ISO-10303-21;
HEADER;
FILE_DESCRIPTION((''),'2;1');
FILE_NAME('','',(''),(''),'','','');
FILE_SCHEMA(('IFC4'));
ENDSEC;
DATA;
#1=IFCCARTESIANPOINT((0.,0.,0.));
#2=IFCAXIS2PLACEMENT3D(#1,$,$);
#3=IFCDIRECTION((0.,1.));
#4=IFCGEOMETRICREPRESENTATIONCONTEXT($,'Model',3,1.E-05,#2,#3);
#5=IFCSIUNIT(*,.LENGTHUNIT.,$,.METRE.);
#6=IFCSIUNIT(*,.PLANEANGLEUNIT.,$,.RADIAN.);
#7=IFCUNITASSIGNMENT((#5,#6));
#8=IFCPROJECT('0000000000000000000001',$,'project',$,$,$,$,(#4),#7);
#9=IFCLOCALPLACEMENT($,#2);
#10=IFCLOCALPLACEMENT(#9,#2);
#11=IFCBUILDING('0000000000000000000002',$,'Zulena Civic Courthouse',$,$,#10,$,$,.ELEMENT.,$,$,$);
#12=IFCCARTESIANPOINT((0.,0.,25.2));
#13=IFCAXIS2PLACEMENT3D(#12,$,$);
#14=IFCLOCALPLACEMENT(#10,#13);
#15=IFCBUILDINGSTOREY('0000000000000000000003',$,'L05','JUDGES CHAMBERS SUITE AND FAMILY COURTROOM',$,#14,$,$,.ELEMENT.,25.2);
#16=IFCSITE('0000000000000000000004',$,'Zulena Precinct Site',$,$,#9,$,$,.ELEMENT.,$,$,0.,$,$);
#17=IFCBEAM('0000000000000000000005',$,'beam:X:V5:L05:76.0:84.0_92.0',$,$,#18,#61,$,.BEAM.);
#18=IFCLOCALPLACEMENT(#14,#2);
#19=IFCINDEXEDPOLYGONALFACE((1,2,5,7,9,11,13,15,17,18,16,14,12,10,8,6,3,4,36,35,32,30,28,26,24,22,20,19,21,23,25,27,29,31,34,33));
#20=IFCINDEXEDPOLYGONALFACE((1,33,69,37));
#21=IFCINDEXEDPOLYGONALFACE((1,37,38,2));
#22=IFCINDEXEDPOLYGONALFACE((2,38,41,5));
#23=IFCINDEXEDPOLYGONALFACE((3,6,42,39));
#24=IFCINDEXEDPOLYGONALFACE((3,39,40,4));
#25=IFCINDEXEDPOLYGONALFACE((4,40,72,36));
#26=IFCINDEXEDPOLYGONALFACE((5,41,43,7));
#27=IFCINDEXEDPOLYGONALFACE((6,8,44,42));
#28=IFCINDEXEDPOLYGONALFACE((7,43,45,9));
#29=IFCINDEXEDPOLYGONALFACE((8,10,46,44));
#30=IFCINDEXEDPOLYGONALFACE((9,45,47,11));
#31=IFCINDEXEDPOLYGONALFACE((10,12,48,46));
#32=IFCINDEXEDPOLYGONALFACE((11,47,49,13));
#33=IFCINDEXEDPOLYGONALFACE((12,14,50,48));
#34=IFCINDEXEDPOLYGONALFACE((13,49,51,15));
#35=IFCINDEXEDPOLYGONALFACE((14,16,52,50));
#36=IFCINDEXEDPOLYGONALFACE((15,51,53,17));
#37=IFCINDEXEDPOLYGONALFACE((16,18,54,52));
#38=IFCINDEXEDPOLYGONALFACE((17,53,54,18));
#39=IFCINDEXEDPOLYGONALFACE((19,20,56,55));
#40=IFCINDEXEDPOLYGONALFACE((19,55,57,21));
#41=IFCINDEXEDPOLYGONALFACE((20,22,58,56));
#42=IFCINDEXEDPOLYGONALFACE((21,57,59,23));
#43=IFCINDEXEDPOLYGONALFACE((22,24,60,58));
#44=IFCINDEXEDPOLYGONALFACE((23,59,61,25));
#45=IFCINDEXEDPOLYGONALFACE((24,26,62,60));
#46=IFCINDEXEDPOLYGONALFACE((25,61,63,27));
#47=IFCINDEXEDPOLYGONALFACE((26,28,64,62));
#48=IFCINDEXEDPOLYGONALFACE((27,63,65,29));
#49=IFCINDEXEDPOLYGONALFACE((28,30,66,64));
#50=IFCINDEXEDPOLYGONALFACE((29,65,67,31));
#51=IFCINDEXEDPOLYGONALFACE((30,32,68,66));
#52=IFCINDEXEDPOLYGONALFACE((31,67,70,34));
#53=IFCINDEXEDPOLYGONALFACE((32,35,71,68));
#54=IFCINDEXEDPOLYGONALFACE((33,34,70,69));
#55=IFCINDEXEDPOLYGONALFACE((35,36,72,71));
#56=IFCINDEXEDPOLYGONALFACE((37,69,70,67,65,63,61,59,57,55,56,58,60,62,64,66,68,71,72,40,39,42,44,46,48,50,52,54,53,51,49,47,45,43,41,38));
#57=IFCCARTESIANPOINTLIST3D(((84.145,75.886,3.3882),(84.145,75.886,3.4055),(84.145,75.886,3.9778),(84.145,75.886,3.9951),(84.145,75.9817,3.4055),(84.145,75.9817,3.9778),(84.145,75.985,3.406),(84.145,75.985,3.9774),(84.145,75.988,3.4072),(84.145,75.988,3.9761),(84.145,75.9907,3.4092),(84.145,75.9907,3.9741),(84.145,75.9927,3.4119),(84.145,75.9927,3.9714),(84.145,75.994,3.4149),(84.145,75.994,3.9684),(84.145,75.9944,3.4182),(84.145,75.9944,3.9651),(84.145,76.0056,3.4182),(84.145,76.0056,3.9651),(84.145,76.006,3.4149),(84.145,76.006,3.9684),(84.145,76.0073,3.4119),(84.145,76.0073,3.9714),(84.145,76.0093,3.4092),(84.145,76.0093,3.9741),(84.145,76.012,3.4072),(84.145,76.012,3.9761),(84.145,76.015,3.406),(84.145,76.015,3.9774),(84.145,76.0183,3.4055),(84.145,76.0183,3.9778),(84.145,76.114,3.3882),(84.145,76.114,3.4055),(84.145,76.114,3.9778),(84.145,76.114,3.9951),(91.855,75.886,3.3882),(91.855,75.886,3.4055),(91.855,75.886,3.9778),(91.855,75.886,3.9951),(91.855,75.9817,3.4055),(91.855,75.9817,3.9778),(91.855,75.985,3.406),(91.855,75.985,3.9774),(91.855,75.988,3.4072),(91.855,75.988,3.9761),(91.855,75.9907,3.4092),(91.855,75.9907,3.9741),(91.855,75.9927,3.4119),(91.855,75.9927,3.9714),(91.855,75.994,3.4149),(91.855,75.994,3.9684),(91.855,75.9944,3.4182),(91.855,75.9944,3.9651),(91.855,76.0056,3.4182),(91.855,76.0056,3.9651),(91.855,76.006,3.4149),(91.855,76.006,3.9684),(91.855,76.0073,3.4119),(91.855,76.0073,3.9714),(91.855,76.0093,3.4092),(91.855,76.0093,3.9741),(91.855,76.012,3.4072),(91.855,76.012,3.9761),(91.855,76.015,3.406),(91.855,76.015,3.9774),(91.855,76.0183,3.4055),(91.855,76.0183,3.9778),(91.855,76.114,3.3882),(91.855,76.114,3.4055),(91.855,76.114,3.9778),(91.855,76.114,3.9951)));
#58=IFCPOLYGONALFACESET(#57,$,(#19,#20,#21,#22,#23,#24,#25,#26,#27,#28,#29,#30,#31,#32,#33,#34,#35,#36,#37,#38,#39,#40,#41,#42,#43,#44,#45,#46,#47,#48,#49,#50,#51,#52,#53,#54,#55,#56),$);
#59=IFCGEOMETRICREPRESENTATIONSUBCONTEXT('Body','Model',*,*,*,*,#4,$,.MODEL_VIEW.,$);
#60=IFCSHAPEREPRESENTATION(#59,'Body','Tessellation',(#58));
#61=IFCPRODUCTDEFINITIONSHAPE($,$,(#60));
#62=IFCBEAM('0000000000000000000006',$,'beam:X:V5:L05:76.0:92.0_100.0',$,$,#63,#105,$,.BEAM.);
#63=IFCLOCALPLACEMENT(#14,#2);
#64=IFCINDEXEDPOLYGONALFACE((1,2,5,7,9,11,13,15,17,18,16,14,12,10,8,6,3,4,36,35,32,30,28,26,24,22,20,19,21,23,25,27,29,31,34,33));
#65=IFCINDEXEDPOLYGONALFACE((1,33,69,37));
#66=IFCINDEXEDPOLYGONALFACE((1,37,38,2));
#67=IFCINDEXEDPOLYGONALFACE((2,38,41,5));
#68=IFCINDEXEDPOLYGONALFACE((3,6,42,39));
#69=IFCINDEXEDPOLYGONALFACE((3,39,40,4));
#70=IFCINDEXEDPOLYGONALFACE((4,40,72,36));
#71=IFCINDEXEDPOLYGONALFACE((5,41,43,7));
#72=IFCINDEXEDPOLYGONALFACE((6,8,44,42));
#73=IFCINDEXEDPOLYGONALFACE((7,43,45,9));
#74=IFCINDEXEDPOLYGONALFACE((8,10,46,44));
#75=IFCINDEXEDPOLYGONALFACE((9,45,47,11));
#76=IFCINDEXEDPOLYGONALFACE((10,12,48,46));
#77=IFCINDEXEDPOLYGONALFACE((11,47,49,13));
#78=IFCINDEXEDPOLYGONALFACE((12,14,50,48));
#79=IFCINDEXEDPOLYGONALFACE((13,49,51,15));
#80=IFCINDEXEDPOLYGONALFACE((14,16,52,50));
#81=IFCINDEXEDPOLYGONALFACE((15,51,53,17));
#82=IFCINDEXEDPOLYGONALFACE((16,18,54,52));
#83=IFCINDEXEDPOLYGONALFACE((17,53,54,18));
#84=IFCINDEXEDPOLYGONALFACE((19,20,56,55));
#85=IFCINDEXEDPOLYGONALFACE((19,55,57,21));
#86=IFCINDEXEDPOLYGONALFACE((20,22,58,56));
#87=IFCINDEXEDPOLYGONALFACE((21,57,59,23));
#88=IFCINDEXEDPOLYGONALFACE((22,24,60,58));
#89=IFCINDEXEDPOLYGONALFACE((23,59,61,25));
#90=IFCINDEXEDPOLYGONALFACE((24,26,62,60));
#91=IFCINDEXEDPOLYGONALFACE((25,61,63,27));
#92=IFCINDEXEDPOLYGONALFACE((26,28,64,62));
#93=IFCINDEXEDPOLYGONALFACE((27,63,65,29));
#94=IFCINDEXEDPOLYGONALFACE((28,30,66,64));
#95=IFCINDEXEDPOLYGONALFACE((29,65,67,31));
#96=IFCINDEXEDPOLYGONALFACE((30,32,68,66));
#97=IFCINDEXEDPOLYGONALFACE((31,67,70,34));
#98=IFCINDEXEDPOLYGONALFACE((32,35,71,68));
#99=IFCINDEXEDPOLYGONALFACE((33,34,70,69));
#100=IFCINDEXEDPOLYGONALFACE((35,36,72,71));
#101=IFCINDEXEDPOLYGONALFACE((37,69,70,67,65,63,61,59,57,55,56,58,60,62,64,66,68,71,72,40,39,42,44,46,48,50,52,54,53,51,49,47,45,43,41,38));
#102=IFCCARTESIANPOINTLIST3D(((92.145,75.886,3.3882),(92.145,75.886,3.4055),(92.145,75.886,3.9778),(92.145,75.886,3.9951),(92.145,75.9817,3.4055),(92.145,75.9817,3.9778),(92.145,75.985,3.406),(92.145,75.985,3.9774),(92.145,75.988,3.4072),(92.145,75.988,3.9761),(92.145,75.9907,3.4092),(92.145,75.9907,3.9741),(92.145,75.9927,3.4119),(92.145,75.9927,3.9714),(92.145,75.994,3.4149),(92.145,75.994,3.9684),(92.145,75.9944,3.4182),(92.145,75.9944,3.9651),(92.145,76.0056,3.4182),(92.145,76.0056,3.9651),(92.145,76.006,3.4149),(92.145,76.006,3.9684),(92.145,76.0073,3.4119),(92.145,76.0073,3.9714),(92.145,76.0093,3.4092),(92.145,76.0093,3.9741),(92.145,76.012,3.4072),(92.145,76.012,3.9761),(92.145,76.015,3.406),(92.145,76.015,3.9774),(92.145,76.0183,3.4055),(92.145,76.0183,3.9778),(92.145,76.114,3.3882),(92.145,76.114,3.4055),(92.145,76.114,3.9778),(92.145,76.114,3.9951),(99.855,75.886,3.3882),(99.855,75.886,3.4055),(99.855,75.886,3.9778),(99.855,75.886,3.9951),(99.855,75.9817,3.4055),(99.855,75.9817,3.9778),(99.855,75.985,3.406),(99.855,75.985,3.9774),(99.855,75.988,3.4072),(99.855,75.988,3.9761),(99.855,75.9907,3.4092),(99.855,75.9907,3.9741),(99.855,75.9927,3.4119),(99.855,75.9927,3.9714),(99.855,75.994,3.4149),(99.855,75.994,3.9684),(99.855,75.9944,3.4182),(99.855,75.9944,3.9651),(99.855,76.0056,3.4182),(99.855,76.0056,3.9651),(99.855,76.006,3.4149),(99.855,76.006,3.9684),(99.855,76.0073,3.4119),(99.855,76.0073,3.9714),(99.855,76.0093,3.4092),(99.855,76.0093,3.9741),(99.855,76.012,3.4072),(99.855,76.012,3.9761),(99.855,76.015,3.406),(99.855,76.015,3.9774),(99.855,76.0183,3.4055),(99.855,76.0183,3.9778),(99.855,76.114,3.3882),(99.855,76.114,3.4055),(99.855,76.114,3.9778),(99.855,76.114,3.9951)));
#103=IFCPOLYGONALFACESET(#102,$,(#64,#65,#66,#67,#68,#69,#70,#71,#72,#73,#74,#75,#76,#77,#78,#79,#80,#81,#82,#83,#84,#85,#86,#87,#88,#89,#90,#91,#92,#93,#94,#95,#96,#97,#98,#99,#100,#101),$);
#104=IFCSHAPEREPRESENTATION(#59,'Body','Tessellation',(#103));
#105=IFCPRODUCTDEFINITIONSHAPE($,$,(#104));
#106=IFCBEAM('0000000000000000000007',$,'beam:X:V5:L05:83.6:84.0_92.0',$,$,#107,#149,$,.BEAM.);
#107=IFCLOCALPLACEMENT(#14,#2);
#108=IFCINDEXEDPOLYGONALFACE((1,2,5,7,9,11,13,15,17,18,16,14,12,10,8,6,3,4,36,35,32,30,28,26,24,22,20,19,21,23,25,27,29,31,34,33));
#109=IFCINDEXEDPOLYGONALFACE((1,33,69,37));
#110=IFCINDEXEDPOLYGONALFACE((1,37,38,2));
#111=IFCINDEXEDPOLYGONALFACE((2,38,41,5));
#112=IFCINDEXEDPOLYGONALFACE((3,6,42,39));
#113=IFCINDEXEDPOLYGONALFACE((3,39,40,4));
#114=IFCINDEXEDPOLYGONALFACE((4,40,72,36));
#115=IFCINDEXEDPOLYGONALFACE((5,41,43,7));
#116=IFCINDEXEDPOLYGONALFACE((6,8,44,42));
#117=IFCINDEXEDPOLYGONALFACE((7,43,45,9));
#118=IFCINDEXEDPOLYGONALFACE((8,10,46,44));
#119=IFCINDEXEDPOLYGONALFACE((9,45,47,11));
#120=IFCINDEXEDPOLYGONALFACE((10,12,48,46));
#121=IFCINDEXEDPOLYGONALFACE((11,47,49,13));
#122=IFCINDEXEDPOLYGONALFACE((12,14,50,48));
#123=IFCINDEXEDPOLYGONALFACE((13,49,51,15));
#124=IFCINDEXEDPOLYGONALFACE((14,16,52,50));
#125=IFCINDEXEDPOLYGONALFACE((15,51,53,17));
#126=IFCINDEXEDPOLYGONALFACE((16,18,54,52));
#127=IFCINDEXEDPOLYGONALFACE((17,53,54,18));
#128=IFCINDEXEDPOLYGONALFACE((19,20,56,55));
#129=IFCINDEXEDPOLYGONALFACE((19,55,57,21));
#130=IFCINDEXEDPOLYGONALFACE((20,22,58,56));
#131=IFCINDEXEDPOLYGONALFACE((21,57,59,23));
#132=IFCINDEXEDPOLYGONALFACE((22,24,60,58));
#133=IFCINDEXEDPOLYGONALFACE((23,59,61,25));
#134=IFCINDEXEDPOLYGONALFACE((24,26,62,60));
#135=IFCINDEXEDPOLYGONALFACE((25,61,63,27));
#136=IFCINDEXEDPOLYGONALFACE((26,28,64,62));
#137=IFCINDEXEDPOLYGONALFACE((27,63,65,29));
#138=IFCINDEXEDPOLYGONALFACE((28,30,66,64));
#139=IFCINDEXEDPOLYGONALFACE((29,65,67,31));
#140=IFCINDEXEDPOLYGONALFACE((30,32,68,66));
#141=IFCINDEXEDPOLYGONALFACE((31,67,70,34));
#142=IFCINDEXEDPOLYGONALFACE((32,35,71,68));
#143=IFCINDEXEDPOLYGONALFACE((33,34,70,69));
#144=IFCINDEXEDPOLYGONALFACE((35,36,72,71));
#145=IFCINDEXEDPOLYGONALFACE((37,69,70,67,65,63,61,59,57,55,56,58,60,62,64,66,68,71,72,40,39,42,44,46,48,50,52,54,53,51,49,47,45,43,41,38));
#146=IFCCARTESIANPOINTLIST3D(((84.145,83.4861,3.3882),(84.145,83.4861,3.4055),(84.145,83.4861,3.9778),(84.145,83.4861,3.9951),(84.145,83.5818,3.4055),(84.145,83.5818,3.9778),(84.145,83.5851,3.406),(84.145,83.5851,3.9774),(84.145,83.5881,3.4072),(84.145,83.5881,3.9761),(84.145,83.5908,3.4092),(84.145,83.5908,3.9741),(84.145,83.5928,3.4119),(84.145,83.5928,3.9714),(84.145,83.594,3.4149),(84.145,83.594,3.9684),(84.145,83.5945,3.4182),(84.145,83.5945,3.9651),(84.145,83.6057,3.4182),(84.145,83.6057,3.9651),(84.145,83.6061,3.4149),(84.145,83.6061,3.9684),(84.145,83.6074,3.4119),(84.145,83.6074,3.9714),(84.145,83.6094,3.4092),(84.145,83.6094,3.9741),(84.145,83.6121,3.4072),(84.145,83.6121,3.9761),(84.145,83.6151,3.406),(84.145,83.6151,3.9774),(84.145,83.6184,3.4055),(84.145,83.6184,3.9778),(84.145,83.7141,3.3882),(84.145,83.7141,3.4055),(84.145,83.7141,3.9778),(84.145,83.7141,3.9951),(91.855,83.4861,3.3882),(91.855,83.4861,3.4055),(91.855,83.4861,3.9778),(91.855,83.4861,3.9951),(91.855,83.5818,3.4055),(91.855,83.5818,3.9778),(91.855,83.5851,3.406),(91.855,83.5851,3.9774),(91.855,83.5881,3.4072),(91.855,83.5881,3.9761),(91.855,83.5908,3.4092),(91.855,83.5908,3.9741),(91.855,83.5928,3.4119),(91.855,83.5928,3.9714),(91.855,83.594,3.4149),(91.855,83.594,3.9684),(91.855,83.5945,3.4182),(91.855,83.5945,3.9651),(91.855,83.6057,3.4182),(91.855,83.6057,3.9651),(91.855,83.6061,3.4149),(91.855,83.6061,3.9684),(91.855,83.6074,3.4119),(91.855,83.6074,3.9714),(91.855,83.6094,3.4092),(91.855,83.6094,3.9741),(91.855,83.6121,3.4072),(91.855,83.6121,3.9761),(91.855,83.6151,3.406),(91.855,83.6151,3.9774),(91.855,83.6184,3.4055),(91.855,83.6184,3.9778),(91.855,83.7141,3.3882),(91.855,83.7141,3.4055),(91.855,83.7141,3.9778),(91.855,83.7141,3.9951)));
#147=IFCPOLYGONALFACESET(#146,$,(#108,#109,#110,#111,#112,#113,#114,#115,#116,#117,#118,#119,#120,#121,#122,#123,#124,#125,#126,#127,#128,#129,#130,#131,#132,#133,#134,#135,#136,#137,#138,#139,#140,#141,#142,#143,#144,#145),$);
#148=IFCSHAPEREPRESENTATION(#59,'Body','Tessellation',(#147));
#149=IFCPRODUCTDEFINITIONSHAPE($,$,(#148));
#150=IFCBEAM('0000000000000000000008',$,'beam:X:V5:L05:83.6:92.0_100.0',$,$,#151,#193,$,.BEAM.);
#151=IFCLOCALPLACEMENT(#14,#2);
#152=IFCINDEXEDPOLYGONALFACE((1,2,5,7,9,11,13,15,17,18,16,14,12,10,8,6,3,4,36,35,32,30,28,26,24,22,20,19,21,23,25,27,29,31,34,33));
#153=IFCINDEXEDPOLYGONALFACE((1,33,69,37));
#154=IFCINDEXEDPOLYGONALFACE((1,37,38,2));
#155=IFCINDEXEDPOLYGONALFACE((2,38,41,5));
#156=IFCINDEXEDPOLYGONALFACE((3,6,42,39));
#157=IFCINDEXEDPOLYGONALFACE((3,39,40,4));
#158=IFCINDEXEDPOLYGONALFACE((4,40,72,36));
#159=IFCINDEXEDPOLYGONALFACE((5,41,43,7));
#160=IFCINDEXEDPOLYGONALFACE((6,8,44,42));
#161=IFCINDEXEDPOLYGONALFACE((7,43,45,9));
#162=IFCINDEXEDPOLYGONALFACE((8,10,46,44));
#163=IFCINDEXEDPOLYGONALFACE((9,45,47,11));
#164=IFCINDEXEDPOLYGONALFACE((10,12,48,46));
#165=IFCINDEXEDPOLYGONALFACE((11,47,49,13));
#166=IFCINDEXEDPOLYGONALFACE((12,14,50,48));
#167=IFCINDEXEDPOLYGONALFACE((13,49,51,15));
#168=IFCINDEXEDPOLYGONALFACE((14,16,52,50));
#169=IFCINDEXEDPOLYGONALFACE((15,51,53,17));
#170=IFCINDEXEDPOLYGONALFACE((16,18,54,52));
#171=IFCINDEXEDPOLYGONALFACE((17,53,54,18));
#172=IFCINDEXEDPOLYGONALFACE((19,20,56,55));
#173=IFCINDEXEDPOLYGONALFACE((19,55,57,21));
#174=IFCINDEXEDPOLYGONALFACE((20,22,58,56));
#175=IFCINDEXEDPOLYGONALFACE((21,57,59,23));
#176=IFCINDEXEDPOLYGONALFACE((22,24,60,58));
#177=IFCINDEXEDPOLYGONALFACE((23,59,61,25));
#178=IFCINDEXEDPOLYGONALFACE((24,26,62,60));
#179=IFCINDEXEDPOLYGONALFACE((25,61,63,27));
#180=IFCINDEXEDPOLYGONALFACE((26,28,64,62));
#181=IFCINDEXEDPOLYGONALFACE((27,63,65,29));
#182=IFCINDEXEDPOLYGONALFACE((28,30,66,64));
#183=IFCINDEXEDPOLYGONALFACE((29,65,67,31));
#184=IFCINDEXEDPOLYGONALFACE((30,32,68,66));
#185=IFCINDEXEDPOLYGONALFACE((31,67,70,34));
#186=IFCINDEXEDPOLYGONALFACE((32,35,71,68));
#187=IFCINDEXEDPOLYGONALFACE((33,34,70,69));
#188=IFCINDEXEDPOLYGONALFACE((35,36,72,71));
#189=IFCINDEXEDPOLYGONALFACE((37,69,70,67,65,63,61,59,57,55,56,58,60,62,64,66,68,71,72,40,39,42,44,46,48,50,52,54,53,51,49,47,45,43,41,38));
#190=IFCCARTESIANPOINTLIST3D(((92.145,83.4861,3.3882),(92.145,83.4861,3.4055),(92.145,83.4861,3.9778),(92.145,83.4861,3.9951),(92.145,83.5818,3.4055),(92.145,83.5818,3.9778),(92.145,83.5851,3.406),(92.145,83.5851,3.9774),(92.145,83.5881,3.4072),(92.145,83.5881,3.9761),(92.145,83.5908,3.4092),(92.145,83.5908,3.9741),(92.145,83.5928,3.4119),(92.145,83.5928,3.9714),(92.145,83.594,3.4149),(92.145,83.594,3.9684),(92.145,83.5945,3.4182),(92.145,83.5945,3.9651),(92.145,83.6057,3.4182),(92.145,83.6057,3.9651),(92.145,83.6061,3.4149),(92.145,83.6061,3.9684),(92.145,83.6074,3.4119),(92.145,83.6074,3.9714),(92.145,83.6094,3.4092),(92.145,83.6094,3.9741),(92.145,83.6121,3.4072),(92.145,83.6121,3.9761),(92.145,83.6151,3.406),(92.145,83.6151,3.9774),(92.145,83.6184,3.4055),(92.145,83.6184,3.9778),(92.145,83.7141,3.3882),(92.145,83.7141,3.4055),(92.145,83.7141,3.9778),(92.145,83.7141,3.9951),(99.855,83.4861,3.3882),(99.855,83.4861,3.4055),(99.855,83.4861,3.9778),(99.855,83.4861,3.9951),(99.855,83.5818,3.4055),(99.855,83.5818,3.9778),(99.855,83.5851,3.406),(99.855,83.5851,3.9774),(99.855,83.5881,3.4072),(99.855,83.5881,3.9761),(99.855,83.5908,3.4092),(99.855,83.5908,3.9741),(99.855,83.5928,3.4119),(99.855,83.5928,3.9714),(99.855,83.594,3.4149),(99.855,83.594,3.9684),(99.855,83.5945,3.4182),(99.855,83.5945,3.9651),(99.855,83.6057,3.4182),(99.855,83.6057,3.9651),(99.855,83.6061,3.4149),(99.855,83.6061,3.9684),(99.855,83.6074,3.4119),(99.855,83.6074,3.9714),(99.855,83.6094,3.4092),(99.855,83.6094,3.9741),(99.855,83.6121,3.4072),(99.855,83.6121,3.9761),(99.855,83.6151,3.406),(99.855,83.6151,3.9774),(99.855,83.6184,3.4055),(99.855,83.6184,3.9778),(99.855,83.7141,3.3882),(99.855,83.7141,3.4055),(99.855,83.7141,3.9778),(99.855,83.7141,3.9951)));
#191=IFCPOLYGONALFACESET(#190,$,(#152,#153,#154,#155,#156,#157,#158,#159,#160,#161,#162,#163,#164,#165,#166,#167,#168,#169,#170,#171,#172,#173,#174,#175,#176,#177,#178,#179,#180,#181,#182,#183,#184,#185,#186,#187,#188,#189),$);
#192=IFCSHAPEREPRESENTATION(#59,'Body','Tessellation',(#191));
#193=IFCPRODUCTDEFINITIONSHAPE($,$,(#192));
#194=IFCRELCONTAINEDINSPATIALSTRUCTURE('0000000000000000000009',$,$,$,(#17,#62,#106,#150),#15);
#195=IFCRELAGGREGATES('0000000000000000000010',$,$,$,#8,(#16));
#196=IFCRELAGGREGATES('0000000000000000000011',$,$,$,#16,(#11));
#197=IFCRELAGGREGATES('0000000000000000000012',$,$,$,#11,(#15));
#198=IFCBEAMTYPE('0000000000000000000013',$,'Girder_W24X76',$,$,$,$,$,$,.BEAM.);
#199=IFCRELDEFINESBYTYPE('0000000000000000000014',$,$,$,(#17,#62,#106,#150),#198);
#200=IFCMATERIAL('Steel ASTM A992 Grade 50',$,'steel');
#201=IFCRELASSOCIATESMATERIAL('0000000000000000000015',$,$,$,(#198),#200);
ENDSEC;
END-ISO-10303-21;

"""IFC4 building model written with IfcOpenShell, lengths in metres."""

from ifc_helpers import new_model, si_unit, direction, frame, origin, origin_2d, place, context, subcontext, project, spatial, i_section, extrude, material, material_profile, profile_set, type_object, element, save


model = new_model("IFC4")

# Units and contexts
model_context = context("Model", 3, precision=1e-05, world=origin(), true_north=direction((0.0, 1.0)))
body_context = subcontext(model_context, "Body", "Model", "MODEL_VIEW")
ifc_project = project(units=[si_unit("LENGTHUNIT", "METRE"), si_unit("PLANEANGLEUNIT", "RADIAN")], contexts=[model_context])

# Site, building, storey
site_placement = place(None, origin())
site = spatial("IfcSite", under=ifc_project, at=site_placement, Name="Zulena Precinct Site", CompositionType="ELEMENT", RefElevation=0.0)
building_placement = place(site_placement, origin())
building = spatial("IfcBuilding", under=site, at=building_placement, Name="Zulena Civic Courthouse", CompositionType="ELEMENT")
storey_placement = place(building_placement, frame((0.0, 0.0, 25.2)))
storey = spatial("IfcBuildingStorey", under=building, at=storey_placement, Name="L05", Description="JUDGES CHAMBERS SUITE AND FAMILY COURTROOM", CompositionType="ELEMENT", Elevation=25.2)

# Shared definitions
ifc_material_1 = material(Name="Steel ASTM A992 Grade 50", Category="steel")

# Beams
ifc_material_profile_1 = material_profile(ifc_material_1, i_section(OverallWidth=0.228, OverallDepth=0.6069, WebThickness=0.0112, FlangeThickness=0.0173, FilletRadius=0.0127, at=origin_2d()), Name="W24X76")
ifc_profile_set_1 = profile_set([ifc_material_profile_1], Name="Steel ASTM A992 Grade 50")
beam_type_1 = type_object("IfcBeamType", Name="Girder_W24X76", PredefinedType="BEAM", material=ifc_profile_set_1)
for number, where, z_axis, x_axis, name in (
    (1, (84.145, 76.0, 3.6917), (1.0, 0.0, 0.0), (0.0, 1.0, 0.0), "beam:X:V5:L05:76.0:84.0_92.0"),
    (2, (92.145, 76.0, 3.6917), (1.0, 0.0, 0.0), (0.0, 1.0, 0.0), "beam:X:V5:L05:76.0:92.0_100.0"),
    (3, (84.145, 83.6001, 3.6917), (1.0, 0.0, 0.0), (0.0, 1.0, 0.0), "beam:X:V5:L05:83.6:84.0_92.0"),
    (4, (92.145, 83.6001, 3.6917), (1.0, 0.0, 0.0), (0.0, 1.0, 0.0), "beam:X:V5:L05:83.6:92.0_100.0"),
):
    element("IfcBeam", number, at=place(storey_placement, frame(where, z_axis=z_axis, x_axis=x_axis)), inside=storey, type_object=beam_type_1, Name=name, PredefinedType="BEAM", context=body_context, shape_type="SweptSolid", body=[
        extrude(i_section(OverallWidth=0.228, OverallDepth=0.6069, WebThickness=0.0112, FlangeThickness=0.0173, FilletRadius=0.0127, at=origin_2d()), origin(), (0.0, 0.0, 1.0), 7.71),
    ])

save(model, "model.ifc")
